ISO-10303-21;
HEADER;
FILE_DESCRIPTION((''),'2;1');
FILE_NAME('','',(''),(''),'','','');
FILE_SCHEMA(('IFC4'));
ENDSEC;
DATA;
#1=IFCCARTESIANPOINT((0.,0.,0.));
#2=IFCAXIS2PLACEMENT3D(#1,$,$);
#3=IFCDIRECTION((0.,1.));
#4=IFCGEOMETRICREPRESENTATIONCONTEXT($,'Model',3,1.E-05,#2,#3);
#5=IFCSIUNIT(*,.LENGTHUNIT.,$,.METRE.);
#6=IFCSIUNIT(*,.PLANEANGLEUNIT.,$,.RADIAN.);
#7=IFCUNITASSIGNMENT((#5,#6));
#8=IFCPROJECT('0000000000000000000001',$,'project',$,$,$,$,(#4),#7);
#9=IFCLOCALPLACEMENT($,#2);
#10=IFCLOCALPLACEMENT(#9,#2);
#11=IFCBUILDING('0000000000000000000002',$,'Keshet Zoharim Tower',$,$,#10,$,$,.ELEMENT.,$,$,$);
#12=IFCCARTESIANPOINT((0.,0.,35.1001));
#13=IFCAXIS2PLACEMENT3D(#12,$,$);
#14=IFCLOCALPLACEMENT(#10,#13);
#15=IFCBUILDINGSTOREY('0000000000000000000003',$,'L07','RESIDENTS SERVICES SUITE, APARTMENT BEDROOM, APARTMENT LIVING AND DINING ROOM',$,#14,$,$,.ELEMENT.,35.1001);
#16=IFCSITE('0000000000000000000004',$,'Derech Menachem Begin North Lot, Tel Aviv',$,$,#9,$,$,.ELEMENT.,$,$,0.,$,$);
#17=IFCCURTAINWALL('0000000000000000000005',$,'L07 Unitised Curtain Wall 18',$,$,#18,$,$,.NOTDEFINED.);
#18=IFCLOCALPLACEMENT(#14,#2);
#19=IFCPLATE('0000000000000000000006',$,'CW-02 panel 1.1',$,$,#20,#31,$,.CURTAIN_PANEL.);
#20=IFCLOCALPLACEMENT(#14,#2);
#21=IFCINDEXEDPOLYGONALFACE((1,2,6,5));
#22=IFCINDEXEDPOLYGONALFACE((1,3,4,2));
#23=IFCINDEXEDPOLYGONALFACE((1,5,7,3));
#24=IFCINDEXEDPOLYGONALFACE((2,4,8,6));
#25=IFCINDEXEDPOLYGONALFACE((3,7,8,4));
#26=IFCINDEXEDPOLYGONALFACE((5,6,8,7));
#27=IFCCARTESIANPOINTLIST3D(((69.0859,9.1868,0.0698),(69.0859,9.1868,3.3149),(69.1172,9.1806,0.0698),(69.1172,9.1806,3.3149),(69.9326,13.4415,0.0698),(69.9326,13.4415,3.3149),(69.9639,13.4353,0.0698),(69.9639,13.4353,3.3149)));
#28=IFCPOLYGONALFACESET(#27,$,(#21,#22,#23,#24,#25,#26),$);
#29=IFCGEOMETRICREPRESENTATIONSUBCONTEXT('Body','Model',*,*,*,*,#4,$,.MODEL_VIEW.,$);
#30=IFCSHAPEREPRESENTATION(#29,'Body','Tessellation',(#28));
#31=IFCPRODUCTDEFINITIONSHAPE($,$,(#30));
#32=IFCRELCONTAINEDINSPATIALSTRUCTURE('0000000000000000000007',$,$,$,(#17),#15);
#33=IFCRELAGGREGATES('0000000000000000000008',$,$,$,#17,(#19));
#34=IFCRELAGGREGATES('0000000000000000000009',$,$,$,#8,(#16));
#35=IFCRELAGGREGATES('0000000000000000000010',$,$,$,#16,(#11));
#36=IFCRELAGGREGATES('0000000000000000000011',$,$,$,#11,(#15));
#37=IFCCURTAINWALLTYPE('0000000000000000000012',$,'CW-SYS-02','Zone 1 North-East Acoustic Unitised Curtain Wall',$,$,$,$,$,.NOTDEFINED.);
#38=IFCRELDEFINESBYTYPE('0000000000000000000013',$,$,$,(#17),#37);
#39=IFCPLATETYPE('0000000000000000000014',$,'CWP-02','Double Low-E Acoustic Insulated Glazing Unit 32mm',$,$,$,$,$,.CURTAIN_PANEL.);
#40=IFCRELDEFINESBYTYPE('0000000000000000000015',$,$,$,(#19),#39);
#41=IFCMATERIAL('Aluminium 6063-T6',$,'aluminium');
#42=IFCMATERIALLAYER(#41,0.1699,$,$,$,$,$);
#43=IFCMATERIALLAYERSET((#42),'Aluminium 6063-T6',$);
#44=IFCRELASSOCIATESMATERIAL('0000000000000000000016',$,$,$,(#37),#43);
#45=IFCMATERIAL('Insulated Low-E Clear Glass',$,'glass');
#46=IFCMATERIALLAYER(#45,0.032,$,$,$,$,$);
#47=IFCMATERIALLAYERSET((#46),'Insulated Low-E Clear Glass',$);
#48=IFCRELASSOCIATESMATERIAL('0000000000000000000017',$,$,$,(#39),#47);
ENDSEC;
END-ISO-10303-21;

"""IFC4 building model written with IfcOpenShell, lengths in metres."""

from ifc_helpers import new_model, si_unit, direction, frame, origin, origin_2d, place, context, subcontext, project, spatial, rectangle, extrude, material, layer, layer_set, type_object, element, aggregate, save


model = new_model("IFC4")

# Units and contexts
model_context = context("Model", 3, precision=1e-05, world=origin(), true_north=direction((0.0, 1.0)))
body_context = subcontext(model_context, "Body", "Model", "MODEL_VIEW")
ifc_project = project(units=[si_unit("LENGTHUNIT", "METRE"), si_unit("PLANEANGLEUNIT", "RADIAN")], contexts=[model_context])

# Site, building, storey
site_placement = place(None, origin())
site = spatial("IfcSite", under=ifc_project, at=site_placement, Name="Derech Menachem Begin North Lot, Tel Aviv", CompositionType="ELEMENT", RefElevation=0.0)
building_placement = place(site_placement, origin())
building = spatial("IfcBuilding", under=site, at=building_placement, Name="Keshet Zoharim Tower", CompositionType="ELEMENT")
storey_placement = place(building_placement, frame((0.0, 0.0, 35.1001)))
storey = spatial("IfcBuildingStorey", under=building, at=storey_placement, Name="L07", Description="RESIDENTS SERVICES SUITE, APARTMENT BEDROOM, APARTMENT LIVING AND DINING ROOM", CompositionType="ELEMENT", Elevation=35.1001)

# Shared definitions
ifc_material_1 = material(Name="Aluminium 6063-T6", Category="aluminium")
ifc_layer_1 = layer(ifc_material_1, 0.1699)
ifc_layer_set_1 = layer_set([ifc_layer_1], Name="Aluminium 6063-T6")
curtain_wall_type_1 = type_object("IfcCurtainWallType", Name="CW-SYS-02", Description="Zone 1 North-East Acoustic Unitised Curtain Wall", PredefinedType="NOTDEFINED", material=ifc_layer_set_1)

# Curtain wall
curtain_wall_1_placement = place(storey_placement, origin())
curtain_wall_1 = element("IfcCurtainWall", 1, at=curtain_wall_1_placement, inside=storey, type_object=curtain_wall_type_1, Name="L07 Unitised Curtain Wall 18", PredefinedType="NOTDEFINED")

# Plate
ifc_material_2 = material(Name="Insulated Low-E Clear Glass", Category="glass")
ifc_layer_2 = layer(ifc_material_2, 0.032)
ifc_layer_set_2 = layer_set([ifc_layer_2], Name="Insulated Low-E Clear Glass")
plate_type_1 = type_object("IfcPlateType", Name="CWP-02", Description="Double Low-E Acoustic Insulated Glazing Unit 32mm", PredefinedType="CURTAIN_PANEL", material=ifc_layer_set_2)
plate_1_placement = place(storey_placement, frame((69.5249, 11.311, 0.0698), z_axis=(0.0, 0.0, 1.0), x_axis=(-0.195171, -0.980769, 0.0)))
plate_1 = element("IfcPlate", 2, at=plate_1_placement, type_object=plate_type_1, Name="CW-02 panel 1.1", PredefinedType="CURTAIN_PANEL", context=body_context, shape_type="SweptSolid", body=[
    extrude(rectangle(XDim=4.3381, YDim=0.032, at=origin_2d()), origin(), (0.0, 0.0, 1.0), 3.2451),
])
aggregate(curtain_wall_1, [plate_1])

save(model, "model.ifc")
